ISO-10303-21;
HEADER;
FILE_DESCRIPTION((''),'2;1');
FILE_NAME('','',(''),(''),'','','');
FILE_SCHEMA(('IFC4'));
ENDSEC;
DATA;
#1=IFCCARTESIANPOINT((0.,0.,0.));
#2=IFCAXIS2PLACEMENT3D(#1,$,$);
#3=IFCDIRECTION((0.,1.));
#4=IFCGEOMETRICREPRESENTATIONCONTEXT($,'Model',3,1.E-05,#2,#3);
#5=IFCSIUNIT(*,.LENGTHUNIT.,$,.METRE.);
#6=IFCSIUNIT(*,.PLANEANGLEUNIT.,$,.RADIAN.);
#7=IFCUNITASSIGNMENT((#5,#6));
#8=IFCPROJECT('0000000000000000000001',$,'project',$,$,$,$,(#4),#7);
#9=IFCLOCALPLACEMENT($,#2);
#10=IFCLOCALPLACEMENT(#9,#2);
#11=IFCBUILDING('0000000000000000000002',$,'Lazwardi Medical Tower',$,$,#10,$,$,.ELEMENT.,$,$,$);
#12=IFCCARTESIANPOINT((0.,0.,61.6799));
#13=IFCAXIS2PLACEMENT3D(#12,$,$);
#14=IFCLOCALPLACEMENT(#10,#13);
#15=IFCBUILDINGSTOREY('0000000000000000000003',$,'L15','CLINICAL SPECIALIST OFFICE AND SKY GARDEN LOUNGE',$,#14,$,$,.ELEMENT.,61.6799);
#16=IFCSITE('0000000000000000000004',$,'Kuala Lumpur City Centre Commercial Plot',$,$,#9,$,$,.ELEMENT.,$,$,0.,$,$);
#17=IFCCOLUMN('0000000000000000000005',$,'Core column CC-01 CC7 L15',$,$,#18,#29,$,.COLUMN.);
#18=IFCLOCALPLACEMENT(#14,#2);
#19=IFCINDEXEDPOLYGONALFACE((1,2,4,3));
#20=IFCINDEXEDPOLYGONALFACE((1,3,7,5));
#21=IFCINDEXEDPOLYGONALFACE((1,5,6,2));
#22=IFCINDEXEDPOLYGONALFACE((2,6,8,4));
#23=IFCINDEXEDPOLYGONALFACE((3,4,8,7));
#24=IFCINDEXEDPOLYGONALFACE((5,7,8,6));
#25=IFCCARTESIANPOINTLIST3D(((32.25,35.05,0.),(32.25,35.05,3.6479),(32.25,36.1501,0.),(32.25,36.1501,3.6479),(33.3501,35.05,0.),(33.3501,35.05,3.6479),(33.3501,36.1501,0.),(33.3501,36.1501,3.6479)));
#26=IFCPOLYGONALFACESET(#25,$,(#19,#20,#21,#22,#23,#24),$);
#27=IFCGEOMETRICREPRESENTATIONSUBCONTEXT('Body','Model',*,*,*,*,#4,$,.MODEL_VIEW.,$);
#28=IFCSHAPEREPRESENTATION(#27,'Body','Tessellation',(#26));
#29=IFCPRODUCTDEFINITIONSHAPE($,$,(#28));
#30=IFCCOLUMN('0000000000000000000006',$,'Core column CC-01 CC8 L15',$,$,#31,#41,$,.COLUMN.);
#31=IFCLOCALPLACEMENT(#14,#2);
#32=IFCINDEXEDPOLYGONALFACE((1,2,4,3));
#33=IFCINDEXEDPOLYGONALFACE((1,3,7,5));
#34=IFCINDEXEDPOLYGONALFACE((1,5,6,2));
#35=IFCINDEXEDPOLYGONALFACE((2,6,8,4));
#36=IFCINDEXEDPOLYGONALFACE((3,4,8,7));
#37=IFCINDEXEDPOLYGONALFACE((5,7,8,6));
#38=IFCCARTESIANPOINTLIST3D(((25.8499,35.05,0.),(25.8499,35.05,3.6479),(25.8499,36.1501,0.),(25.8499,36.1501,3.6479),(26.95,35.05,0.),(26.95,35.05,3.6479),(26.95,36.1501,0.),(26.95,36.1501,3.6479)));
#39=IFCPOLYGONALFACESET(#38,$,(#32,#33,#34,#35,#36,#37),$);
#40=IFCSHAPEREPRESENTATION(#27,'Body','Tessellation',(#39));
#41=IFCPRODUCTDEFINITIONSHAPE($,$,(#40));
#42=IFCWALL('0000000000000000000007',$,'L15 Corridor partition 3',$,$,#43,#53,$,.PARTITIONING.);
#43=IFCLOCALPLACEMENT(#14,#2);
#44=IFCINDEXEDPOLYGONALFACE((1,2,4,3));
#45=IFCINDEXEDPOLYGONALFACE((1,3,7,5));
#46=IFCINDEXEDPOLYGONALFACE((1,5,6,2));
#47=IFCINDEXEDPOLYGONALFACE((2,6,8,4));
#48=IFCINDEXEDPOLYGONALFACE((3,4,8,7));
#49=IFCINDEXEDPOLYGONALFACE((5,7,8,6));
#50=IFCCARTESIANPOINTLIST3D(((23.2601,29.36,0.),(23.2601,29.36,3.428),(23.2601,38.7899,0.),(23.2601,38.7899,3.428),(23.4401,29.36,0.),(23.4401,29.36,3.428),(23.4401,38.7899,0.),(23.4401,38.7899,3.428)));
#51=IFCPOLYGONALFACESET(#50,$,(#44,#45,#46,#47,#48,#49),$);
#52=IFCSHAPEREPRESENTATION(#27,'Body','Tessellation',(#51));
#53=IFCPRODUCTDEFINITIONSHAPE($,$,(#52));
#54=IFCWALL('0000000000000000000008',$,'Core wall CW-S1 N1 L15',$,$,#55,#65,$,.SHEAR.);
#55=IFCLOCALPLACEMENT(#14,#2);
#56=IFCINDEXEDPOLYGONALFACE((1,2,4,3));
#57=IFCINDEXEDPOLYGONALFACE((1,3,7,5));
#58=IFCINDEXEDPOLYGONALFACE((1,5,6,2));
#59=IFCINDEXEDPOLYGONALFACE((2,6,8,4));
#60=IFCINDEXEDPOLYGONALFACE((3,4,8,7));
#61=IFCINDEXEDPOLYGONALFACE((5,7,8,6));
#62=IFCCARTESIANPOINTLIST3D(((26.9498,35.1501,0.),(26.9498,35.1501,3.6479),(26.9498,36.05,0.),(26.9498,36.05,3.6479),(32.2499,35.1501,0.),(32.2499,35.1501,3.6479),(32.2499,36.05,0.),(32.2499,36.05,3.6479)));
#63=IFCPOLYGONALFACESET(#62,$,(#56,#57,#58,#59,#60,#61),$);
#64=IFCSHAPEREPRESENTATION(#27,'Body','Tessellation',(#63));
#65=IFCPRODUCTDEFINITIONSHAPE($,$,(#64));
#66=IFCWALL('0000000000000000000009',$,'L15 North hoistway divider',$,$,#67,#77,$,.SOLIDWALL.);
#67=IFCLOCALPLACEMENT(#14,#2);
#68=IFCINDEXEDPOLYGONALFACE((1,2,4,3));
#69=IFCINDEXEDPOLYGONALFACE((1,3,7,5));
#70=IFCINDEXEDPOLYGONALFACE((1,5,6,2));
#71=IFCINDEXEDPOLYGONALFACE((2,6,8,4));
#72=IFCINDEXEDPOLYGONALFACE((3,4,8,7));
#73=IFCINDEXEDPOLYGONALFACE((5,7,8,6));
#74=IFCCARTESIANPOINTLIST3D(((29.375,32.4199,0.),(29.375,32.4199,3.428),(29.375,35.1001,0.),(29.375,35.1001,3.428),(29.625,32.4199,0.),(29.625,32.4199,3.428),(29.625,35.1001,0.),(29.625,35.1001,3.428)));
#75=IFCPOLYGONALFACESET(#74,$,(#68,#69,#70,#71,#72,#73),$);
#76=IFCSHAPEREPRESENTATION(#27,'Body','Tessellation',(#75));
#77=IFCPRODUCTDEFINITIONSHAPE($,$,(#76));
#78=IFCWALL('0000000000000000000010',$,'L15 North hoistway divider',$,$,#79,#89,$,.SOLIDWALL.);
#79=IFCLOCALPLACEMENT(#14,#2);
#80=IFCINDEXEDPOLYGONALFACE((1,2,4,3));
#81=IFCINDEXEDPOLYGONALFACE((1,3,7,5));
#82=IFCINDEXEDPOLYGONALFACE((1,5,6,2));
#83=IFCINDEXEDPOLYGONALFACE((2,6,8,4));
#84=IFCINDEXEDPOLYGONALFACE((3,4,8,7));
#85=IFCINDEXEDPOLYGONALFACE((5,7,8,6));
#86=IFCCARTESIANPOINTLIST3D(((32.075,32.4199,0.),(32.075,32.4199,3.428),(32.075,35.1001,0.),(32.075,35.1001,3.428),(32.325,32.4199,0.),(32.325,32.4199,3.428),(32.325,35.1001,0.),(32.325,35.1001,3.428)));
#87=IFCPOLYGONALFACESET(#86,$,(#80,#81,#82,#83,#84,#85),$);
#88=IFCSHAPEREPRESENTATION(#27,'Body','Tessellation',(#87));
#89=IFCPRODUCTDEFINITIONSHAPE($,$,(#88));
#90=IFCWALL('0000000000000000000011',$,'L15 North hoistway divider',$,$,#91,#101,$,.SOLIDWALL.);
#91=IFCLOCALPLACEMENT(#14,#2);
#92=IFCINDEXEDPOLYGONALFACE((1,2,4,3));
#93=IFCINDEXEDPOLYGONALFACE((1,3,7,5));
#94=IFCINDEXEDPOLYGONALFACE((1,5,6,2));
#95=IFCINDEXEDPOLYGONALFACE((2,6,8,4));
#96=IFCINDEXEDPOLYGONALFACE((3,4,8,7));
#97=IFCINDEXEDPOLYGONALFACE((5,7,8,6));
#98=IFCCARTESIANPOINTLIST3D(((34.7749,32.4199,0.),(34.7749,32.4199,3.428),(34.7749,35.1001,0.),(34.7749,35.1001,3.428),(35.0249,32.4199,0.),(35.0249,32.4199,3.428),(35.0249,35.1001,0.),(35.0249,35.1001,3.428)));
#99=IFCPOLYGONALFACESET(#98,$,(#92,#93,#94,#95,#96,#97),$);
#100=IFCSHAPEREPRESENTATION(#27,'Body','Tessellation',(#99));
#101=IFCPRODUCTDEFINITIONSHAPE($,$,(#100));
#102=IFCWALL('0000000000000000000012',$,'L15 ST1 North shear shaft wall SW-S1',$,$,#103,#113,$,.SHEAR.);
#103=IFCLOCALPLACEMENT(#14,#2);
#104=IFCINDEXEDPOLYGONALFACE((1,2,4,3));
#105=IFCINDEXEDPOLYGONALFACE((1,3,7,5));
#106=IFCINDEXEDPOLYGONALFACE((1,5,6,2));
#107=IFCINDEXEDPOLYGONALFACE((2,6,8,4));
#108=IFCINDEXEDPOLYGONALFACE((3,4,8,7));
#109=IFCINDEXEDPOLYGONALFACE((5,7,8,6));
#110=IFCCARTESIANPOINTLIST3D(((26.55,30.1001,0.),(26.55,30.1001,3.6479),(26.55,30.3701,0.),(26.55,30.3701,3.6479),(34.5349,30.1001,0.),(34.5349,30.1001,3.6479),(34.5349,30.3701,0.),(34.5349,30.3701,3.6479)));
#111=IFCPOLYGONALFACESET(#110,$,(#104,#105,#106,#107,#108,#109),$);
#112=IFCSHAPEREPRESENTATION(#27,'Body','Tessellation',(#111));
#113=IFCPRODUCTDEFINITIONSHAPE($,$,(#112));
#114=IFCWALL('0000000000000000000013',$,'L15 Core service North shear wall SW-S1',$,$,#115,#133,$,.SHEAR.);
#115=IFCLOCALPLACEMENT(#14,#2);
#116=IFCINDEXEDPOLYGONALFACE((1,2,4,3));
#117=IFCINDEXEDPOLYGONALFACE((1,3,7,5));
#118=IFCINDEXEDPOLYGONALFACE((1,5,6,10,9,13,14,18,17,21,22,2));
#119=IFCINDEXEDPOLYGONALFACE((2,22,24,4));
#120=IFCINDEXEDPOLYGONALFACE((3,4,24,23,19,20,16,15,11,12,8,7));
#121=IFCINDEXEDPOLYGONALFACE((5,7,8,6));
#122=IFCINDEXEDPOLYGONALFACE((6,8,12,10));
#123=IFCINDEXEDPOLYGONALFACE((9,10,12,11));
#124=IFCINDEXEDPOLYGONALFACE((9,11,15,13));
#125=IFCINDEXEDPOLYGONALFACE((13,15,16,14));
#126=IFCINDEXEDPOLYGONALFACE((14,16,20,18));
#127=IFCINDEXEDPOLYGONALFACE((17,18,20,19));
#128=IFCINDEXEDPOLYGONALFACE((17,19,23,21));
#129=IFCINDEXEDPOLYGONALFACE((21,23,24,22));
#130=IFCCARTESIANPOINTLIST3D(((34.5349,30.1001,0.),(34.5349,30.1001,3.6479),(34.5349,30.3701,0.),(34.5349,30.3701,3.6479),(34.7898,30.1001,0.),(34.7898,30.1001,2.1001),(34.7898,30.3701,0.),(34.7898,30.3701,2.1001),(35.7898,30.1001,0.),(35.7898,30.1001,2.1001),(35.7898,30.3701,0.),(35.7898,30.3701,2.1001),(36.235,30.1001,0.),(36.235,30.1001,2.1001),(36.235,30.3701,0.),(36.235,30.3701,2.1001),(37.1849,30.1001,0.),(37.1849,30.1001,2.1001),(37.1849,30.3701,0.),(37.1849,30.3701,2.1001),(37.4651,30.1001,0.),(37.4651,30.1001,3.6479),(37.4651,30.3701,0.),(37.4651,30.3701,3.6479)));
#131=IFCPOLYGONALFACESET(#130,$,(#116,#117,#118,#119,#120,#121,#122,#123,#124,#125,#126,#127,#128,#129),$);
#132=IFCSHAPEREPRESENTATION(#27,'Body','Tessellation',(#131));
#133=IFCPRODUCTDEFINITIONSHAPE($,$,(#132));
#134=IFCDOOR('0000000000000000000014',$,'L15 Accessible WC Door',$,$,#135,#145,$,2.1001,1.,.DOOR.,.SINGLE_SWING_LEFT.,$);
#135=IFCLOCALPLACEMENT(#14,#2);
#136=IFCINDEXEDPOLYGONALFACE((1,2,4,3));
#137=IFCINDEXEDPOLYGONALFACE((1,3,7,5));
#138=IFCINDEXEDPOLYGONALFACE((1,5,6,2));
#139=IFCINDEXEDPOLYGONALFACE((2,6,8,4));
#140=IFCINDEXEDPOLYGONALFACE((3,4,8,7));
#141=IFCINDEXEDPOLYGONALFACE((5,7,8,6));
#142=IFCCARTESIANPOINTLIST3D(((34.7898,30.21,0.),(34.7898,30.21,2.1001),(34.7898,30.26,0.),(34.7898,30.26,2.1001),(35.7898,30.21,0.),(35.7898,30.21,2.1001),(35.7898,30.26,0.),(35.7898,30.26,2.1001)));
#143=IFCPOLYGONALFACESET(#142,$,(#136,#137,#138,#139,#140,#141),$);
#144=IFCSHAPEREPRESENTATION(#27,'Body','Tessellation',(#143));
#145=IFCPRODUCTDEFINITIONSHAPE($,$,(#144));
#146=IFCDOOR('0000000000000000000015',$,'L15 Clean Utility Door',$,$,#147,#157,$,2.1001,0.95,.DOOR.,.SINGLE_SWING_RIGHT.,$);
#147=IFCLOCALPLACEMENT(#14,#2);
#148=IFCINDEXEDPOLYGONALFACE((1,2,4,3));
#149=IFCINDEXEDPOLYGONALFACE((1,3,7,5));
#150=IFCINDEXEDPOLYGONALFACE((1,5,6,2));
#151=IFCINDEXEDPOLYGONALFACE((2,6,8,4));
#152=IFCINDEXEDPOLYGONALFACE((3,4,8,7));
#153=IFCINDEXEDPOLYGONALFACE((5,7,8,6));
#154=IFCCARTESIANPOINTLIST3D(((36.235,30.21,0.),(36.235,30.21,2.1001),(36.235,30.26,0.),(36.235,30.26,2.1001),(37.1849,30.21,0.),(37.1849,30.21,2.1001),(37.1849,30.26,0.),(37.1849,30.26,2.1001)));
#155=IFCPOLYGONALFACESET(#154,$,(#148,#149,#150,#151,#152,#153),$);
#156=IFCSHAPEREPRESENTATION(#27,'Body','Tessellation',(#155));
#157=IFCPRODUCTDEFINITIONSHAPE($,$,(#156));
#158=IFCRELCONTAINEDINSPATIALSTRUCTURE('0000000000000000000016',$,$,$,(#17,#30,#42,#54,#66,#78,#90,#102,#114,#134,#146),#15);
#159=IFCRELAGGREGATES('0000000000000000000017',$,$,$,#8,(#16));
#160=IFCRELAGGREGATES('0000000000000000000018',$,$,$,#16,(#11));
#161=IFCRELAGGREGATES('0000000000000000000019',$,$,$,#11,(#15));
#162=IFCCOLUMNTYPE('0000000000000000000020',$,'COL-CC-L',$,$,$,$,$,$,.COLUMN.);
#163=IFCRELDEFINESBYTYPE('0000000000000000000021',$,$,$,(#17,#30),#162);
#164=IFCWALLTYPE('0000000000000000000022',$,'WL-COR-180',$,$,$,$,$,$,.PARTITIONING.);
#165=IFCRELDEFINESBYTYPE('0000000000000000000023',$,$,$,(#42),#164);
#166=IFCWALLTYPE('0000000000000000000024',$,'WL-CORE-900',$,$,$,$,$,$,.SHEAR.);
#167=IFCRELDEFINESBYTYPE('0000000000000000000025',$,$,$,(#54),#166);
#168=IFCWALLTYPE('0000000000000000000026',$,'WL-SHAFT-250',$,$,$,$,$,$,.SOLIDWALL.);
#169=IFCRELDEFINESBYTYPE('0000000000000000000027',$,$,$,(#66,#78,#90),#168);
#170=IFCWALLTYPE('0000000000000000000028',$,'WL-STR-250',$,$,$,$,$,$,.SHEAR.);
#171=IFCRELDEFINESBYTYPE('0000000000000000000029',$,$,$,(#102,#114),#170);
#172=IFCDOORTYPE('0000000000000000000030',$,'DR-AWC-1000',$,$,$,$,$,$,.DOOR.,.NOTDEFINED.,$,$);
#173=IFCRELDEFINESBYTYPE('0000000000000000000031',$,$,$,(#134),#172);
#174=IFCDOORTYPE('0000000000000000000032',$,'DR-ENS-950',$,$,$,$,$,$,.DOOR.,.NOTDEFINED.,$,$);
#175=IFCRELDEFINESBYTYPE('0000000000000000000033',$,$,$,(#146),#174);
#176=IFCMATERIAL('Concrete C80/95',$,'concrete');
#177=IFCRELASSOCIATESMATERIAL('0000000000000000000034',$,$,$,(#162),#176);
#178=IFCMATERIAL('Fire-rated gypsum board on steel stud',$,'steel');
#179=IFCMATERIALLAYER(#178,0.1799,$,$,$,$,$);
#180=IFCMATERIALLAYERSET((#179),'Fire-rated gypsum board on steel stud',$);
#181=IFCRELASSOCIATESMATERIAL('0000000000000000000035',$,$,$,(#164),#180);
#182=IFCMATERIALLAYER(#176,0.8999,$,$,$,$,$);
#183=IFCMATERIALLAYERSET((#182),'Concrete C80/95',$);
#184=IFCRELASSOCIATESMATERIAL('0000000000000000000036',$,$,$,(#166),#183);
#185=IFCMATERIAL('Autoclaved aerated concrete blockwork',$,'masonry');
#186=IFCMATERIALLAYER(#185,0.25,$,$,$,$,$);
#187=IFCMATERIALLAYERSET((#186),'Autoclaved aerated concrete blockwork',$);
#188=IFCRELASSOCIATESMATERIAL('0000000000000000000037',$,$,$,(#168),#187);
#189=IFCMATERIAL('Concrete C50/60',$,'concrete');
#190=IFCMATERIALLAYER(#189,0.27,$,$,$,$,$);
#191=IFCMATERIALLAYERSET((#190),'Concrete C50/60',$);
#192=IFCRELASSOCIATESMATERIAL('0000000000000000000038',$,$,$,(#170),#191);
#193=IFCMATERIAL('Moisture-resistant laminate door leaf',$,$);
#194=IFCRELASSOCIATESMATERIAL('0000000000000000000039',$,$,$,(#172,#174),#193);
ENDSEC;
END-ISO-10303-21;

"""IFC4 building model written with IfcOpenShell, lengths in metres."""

from ifc_helpers import new_model, si_unit, direction, frame, frame_2d, origin, origin_2d, place, context, subcontext, project, spatial, rectangle, extrude, material, layer, layer_set, material_profile, profile_set, type_object, element, fill, save


model = new_model("IFC4")

# Units and contexts
model_context = context("Model", 3, precision=1e-05, world=origin(), true_north=direction((0.0, 1.0)))
body_context = subcontext(model_context, "Body", "Model", "MODEL_VIEW")
ifc_project = project(units=[si_unit("LENGTHUNIT", "METRE"), si_unit("PLANEANGLEUNIT", "RADIAN")], contexts=[model_context])

# Site, building, storey
site_placement = place(None, origin())
site = spatial("IfcSite", under=ifc_project, at=site_placement, Name="Kuala Lumpur City Centre Commercial Plot", CompositionType="ELEMENT", RefElevation=0.0)
building_placement = place(site_placement, origin())
building = spatial("IfcBuilding", under=site, at=building_placement, Name="Lazwardi Medical Tower", CompositionType="ELEMENT")
storey_placement = place(building_placement, frame((0.0, 0.0, 61.6799)))
storey = spatial("IfcBuildingStorey", under=building, at=storey_placement, Name="L15", Description="CLINICAL SPECIALIST OFFICE AND SKY GARDEN LOUNGE", CompositionType="ELEMENT", Elevation=61.6799)

# Columns
ifc_material_1 = material(Name="Concrete C80/95", Category="concrete")
ifc_material_profile = material_profile(ifc_material_1, rectangle(XDim=1.1001, YDim=1.1001, at=origin_2d()), Name="RC 1100x1100")
ifc_profile_set = profile_set([ifc_material_profile], Name="Concrete C80/95")
column_type = type_object("IfcColumnType", Name="COL-CC-L", PredefinedType="COLUMN", material=ifc_profile_set)
for number, where, z_axis, x_axis, name in (
    (1, (32.8, 35.6001, 0.0), (0.0, 0.0, 1.0), (1.0, 0.0, 0.0), "Core column CC-01 CC7 L15"),
    (2, (26.3999, 35.6001, 0.0), (0.0, 0.0, 1.0), (1.0, 0.0, 0.0), "Core column CC-01 CC8 L15"),
):
    element("IfcColumn", number, at=place(storey_placement, frame(where, z_axis=z_axis, x_axis=x_axis)), inside=storey, type_object=column_type, Name=name, PredefinedType="COLUMN", context=body_context, shape_type="SweptSolid", body=[
        extrude(rectangle(XDim=1.1001, YDim=1.1001, at=origin_2d()), origin(), (0.0, 0.0, 1.0), 3.6479),
    ])

# Walls
ifc_material_2 = material(Name="Fire-rated gypsum board on steel stud", Category="steel")
ifc_layer_1 = layer(ifc_material_2, 0.1799)
ifc_layer_set_1 = layer_set([ifc_layer_1], Name="Fire-rated gypsum board on steel stud")
wall_type_1 = type_object("IfcWallType", Name="WL-COR-180", PredefinedType="PARTITIONING", material=ifc_layer_set_1)
wall_1_placement = place(storey_placement, frame((23.3501, 29.3601, 0.0), z_axis=(0.0, 0.0, 1.0), x_axis=(0.0, 1.0, 0.0)))
element("IfcWall", 3, at=wall_1_placement, inside=storey, type_object=wall_type_1, Name="L15 Corridor partition 3", PredefinedType="PARTITIONING", context=body_context, shape_type="SweptSolid", body=[
    extrude(rectangle(XDim=9.4299, YDim=0.1799, at=frame_2d((4.7148, 0.0))), origin(), (0.0, 0.0, 1.0), 3.428),
])
ifc_layer_2 = layer(ifc_material_1, 0.8999)
ifc_layer_set_2 = layer_set([ifc_layer_2], Name="Concrete C80/95")
wall_type_2 = type_object("IfcWallType", Name="WL-CORE-900", PredefinedType="SHEAR", material=ifc_layer_set_2)
wall_2_placement = place(storey_placement, frame((26.95, 35.6001, 0.0), z_axis=(0.0, 0.0, 1.0), x_axis=(1.0, 0.0, 0.0)))
element("IfcWall", 4, at=wall_2_placement, inside=storey, type_object=wall_type_2, Name="Core wall CW-S1 N1 L15", PredefinedType="SHEAR", context=body_context, shape_type="SweptSolid", body=[
    extrude(rectangle(XDim=5.3, YDim=0.8999, at=frame_2d((2.6499, 0.0))), origin(), (0.0, 0.0, 1.0), 3.6479),
])
ifc_material_3 = material(Name="Autoclaved aerated concrete blockwork", Category="masonry")
ifc_layer_3 = layer(ifc_material_3, 0.25)
ifc_layer_set_3 = layer_set([ifc_layer_3], Name="Autoclaved aerated concrete blockwork")
wall_type_3 = type_object("IfcWallType", Name="WL-SHAFT-250", PredefinedType="SOLIDWALL", material=ifc_layer_set_3)
for number, where, z_axis, x_axis, name in (
    (5, (29.5, 32.4199, 0.0), (0.0, 0.0, 1.0), (0.0, 1.0, 0.0), "L15 North hoistway divider"),
    (6, (32.2, 32.4199, 0.0), (0.0, 0.0, 1.0), (0.0, 1.0, 0.0), "L15 North hoistway divider"),
    (7, (34.8999, 32.4199, 0.0), (0.0, 0.0, 1.0), (0.0, 1.0, 0.0), "L15 North hoistway divider"),
):
    element("IfcWall", number, at=place(storey_placement, frame(where, z_axis=z_axis, x_axis=x_axis)), inside=storey, type_object=wall_type_3, Name=name, PredefinedType="SOLIDWALL", context=body_context, shape_type="SweptSolid", body=[
        extrude(rectangle(XDim=2.6802, YDim=0.25, at=frame_2d((1.3401, 0.0))), origin(), (0.0, 0.0, 1.0), 3.428),
    ])
ifc_material_4 = material(Name="Concrete C50/60", Category="concrete")
ifc_layer_4 = layer(ifc_material_4, 0.27)
ifc_layer_set_4 = layer_set([ifc_layer_4], Name="Concrete C50/60")
wall_type_4 = type_object("IfcWallType", Name="WL-STR-250", PredefinedType="SHEAR", material=ifc_layer_set_4)
wall_3_placement = place(storey_placement, frame((26.55, 30.2351, 0.0), z_axis=(0.0, 0.0, 1.0), x_axis=(1.0, 0.0, 0.0)))
element("IfcWall", 8, at=wall_3_placement, inside=storey, type_object=wall_type_4, Name="L15 ST1 North shear shaft wall SW-S1", PredefinedType="SHEAR", context=body_context, shape_type="SweptSolid", body=[
    extrude(rectangle(XDim=7.9849, YDim=0.27, at=frame_2d((3.9924, 0.0))), origin(), (0.0, 0.0, 1.0), 3.6479),
])

# Wall, openings, doors
wall_4_placement = place(storey_placement, frame((34.5349, 30.2351, 0.0), z_axis=(0.0, 0.0, 1.0), x_axis=(1.0, 0.0, 0.0)))
wall_4 = element("IfcWall", 9, at=wall_4_placement, inside=storey, type_object=wall_type_4, Name="L15 Core service North shear wall SW-S1", PredefinedType="SHEAR", context=body_context, shape_type="SweptSolid", body=[
    extrude(rectangle(XDim=2.9302, YDim=0.27, at=frame_2d((1.4651, 0.0))), origin(), (0.0, 0.0, 1.0), 3.6479),
])
opening_1_placement = place(wall_4_placement, frame((0.2549, 0.0, 0.0)))
opening_1 = element("IfcOpeningElement", 10, at=opening_1_placement, cuts=wall_4, PredefinedType="OPENING", context=body_context, shape_type="SweptSolid", body=[
    extrude(rectangle(XDim=1.0, YDim=2.1001, at=frame_2d((0.5, 1.05))), frame((0.0, 0.145, 0.0), z_axis=(0.0, -1.0, 0.0), x_axis=(1.0, 0.0, 0.0)), (0.0, 0.0, 1.0), 0.29),
])
opening_2_placement = place(wall_4_placement, frame((1.7, 0.0, 0.0)))
opening_2 = element("IfcOpeningElement", 11, at=opening_2_placement, cuts=wall_4, PredefinedType="OPENING", context=body_context, shape_type="SweptSolid", body=[
    extrude(rectangle(XDim=0.95, YDim=2.1001, at=frame_2d((0.4751, 1.05))), frame((0.0, 0.145, 0.0), z_axis=(0.0, -1.0, 0.0), x_axis=(1.0, 0.0, 0.0)), (0.0, 0.0, 1.0), 0.29),
])
ifc_material_5 = material(Name="Moisture-resistant laminate door leaf")
door_type_1 = type_object("IfcDoorType", Name="DR-AWC-1000", OperationType="NOTDEFINED", PredefinedType="DOOR", material=ifc_material_5)
door_1_placement = place(opening_1_placement, origin())
door_1 = element("IfcDoor", 12, at=door_1_placement, inside=storey, type_object=door_type_1, Name="L15 Accessible WC Door", OperationType="SINGLE_SWING_LEFT", OverallHeight=2.1001, OverallWidth=1.0, PredefinedType="DOOR", context=body_context, shape_type="SweptSolid", body=[
    extrude(rectangle(XDim=1.0, YDim=2.1001, at=frame_2d((0.5, 1.05))), frame((0.0, 0.0249, 0.0), z_axis=(0.0, -1.0, 0.0), x_axis=(1.0, 0.0, 0.0)), (0.0, 0.0, 1.0), 0.05),
])
fill(opening_1, door_1)
door_type_2 = type_object("IfcDoorType", Name="DR-ENS-950", OperationType="NOTDEFINED", PredefinedType="DOOR", material=ifc_material_5)
door_2_placement = place(opening_2_placement, origin())
door_2 = element("IfcDoor", 13, at=door_2_placement, inside=storey, type_object=door_type_2, Name="L15 Clean Utility Door", OperationType="SINGLE_SWING_RIGHT", OverallHeight=2.1001, OverallWidth=0.95, PredefinedType="DOOR", context=body_context, shape_type="SweptSolid", body=[
    extrude(rectangle(XDim=0.95, YDim=2.1001, at=frame_2d((0.4751, 1.05))), frame((0.0, 0.0249, 0.0), z_axis=(0.0, -1.0, 0.0), x_axis=(1.0, 0.0, 0.0)), (0.0, 0.0, 1.0), 0.05),
])
fill(opening_2, door_2)

save(model, "model.ifc")
